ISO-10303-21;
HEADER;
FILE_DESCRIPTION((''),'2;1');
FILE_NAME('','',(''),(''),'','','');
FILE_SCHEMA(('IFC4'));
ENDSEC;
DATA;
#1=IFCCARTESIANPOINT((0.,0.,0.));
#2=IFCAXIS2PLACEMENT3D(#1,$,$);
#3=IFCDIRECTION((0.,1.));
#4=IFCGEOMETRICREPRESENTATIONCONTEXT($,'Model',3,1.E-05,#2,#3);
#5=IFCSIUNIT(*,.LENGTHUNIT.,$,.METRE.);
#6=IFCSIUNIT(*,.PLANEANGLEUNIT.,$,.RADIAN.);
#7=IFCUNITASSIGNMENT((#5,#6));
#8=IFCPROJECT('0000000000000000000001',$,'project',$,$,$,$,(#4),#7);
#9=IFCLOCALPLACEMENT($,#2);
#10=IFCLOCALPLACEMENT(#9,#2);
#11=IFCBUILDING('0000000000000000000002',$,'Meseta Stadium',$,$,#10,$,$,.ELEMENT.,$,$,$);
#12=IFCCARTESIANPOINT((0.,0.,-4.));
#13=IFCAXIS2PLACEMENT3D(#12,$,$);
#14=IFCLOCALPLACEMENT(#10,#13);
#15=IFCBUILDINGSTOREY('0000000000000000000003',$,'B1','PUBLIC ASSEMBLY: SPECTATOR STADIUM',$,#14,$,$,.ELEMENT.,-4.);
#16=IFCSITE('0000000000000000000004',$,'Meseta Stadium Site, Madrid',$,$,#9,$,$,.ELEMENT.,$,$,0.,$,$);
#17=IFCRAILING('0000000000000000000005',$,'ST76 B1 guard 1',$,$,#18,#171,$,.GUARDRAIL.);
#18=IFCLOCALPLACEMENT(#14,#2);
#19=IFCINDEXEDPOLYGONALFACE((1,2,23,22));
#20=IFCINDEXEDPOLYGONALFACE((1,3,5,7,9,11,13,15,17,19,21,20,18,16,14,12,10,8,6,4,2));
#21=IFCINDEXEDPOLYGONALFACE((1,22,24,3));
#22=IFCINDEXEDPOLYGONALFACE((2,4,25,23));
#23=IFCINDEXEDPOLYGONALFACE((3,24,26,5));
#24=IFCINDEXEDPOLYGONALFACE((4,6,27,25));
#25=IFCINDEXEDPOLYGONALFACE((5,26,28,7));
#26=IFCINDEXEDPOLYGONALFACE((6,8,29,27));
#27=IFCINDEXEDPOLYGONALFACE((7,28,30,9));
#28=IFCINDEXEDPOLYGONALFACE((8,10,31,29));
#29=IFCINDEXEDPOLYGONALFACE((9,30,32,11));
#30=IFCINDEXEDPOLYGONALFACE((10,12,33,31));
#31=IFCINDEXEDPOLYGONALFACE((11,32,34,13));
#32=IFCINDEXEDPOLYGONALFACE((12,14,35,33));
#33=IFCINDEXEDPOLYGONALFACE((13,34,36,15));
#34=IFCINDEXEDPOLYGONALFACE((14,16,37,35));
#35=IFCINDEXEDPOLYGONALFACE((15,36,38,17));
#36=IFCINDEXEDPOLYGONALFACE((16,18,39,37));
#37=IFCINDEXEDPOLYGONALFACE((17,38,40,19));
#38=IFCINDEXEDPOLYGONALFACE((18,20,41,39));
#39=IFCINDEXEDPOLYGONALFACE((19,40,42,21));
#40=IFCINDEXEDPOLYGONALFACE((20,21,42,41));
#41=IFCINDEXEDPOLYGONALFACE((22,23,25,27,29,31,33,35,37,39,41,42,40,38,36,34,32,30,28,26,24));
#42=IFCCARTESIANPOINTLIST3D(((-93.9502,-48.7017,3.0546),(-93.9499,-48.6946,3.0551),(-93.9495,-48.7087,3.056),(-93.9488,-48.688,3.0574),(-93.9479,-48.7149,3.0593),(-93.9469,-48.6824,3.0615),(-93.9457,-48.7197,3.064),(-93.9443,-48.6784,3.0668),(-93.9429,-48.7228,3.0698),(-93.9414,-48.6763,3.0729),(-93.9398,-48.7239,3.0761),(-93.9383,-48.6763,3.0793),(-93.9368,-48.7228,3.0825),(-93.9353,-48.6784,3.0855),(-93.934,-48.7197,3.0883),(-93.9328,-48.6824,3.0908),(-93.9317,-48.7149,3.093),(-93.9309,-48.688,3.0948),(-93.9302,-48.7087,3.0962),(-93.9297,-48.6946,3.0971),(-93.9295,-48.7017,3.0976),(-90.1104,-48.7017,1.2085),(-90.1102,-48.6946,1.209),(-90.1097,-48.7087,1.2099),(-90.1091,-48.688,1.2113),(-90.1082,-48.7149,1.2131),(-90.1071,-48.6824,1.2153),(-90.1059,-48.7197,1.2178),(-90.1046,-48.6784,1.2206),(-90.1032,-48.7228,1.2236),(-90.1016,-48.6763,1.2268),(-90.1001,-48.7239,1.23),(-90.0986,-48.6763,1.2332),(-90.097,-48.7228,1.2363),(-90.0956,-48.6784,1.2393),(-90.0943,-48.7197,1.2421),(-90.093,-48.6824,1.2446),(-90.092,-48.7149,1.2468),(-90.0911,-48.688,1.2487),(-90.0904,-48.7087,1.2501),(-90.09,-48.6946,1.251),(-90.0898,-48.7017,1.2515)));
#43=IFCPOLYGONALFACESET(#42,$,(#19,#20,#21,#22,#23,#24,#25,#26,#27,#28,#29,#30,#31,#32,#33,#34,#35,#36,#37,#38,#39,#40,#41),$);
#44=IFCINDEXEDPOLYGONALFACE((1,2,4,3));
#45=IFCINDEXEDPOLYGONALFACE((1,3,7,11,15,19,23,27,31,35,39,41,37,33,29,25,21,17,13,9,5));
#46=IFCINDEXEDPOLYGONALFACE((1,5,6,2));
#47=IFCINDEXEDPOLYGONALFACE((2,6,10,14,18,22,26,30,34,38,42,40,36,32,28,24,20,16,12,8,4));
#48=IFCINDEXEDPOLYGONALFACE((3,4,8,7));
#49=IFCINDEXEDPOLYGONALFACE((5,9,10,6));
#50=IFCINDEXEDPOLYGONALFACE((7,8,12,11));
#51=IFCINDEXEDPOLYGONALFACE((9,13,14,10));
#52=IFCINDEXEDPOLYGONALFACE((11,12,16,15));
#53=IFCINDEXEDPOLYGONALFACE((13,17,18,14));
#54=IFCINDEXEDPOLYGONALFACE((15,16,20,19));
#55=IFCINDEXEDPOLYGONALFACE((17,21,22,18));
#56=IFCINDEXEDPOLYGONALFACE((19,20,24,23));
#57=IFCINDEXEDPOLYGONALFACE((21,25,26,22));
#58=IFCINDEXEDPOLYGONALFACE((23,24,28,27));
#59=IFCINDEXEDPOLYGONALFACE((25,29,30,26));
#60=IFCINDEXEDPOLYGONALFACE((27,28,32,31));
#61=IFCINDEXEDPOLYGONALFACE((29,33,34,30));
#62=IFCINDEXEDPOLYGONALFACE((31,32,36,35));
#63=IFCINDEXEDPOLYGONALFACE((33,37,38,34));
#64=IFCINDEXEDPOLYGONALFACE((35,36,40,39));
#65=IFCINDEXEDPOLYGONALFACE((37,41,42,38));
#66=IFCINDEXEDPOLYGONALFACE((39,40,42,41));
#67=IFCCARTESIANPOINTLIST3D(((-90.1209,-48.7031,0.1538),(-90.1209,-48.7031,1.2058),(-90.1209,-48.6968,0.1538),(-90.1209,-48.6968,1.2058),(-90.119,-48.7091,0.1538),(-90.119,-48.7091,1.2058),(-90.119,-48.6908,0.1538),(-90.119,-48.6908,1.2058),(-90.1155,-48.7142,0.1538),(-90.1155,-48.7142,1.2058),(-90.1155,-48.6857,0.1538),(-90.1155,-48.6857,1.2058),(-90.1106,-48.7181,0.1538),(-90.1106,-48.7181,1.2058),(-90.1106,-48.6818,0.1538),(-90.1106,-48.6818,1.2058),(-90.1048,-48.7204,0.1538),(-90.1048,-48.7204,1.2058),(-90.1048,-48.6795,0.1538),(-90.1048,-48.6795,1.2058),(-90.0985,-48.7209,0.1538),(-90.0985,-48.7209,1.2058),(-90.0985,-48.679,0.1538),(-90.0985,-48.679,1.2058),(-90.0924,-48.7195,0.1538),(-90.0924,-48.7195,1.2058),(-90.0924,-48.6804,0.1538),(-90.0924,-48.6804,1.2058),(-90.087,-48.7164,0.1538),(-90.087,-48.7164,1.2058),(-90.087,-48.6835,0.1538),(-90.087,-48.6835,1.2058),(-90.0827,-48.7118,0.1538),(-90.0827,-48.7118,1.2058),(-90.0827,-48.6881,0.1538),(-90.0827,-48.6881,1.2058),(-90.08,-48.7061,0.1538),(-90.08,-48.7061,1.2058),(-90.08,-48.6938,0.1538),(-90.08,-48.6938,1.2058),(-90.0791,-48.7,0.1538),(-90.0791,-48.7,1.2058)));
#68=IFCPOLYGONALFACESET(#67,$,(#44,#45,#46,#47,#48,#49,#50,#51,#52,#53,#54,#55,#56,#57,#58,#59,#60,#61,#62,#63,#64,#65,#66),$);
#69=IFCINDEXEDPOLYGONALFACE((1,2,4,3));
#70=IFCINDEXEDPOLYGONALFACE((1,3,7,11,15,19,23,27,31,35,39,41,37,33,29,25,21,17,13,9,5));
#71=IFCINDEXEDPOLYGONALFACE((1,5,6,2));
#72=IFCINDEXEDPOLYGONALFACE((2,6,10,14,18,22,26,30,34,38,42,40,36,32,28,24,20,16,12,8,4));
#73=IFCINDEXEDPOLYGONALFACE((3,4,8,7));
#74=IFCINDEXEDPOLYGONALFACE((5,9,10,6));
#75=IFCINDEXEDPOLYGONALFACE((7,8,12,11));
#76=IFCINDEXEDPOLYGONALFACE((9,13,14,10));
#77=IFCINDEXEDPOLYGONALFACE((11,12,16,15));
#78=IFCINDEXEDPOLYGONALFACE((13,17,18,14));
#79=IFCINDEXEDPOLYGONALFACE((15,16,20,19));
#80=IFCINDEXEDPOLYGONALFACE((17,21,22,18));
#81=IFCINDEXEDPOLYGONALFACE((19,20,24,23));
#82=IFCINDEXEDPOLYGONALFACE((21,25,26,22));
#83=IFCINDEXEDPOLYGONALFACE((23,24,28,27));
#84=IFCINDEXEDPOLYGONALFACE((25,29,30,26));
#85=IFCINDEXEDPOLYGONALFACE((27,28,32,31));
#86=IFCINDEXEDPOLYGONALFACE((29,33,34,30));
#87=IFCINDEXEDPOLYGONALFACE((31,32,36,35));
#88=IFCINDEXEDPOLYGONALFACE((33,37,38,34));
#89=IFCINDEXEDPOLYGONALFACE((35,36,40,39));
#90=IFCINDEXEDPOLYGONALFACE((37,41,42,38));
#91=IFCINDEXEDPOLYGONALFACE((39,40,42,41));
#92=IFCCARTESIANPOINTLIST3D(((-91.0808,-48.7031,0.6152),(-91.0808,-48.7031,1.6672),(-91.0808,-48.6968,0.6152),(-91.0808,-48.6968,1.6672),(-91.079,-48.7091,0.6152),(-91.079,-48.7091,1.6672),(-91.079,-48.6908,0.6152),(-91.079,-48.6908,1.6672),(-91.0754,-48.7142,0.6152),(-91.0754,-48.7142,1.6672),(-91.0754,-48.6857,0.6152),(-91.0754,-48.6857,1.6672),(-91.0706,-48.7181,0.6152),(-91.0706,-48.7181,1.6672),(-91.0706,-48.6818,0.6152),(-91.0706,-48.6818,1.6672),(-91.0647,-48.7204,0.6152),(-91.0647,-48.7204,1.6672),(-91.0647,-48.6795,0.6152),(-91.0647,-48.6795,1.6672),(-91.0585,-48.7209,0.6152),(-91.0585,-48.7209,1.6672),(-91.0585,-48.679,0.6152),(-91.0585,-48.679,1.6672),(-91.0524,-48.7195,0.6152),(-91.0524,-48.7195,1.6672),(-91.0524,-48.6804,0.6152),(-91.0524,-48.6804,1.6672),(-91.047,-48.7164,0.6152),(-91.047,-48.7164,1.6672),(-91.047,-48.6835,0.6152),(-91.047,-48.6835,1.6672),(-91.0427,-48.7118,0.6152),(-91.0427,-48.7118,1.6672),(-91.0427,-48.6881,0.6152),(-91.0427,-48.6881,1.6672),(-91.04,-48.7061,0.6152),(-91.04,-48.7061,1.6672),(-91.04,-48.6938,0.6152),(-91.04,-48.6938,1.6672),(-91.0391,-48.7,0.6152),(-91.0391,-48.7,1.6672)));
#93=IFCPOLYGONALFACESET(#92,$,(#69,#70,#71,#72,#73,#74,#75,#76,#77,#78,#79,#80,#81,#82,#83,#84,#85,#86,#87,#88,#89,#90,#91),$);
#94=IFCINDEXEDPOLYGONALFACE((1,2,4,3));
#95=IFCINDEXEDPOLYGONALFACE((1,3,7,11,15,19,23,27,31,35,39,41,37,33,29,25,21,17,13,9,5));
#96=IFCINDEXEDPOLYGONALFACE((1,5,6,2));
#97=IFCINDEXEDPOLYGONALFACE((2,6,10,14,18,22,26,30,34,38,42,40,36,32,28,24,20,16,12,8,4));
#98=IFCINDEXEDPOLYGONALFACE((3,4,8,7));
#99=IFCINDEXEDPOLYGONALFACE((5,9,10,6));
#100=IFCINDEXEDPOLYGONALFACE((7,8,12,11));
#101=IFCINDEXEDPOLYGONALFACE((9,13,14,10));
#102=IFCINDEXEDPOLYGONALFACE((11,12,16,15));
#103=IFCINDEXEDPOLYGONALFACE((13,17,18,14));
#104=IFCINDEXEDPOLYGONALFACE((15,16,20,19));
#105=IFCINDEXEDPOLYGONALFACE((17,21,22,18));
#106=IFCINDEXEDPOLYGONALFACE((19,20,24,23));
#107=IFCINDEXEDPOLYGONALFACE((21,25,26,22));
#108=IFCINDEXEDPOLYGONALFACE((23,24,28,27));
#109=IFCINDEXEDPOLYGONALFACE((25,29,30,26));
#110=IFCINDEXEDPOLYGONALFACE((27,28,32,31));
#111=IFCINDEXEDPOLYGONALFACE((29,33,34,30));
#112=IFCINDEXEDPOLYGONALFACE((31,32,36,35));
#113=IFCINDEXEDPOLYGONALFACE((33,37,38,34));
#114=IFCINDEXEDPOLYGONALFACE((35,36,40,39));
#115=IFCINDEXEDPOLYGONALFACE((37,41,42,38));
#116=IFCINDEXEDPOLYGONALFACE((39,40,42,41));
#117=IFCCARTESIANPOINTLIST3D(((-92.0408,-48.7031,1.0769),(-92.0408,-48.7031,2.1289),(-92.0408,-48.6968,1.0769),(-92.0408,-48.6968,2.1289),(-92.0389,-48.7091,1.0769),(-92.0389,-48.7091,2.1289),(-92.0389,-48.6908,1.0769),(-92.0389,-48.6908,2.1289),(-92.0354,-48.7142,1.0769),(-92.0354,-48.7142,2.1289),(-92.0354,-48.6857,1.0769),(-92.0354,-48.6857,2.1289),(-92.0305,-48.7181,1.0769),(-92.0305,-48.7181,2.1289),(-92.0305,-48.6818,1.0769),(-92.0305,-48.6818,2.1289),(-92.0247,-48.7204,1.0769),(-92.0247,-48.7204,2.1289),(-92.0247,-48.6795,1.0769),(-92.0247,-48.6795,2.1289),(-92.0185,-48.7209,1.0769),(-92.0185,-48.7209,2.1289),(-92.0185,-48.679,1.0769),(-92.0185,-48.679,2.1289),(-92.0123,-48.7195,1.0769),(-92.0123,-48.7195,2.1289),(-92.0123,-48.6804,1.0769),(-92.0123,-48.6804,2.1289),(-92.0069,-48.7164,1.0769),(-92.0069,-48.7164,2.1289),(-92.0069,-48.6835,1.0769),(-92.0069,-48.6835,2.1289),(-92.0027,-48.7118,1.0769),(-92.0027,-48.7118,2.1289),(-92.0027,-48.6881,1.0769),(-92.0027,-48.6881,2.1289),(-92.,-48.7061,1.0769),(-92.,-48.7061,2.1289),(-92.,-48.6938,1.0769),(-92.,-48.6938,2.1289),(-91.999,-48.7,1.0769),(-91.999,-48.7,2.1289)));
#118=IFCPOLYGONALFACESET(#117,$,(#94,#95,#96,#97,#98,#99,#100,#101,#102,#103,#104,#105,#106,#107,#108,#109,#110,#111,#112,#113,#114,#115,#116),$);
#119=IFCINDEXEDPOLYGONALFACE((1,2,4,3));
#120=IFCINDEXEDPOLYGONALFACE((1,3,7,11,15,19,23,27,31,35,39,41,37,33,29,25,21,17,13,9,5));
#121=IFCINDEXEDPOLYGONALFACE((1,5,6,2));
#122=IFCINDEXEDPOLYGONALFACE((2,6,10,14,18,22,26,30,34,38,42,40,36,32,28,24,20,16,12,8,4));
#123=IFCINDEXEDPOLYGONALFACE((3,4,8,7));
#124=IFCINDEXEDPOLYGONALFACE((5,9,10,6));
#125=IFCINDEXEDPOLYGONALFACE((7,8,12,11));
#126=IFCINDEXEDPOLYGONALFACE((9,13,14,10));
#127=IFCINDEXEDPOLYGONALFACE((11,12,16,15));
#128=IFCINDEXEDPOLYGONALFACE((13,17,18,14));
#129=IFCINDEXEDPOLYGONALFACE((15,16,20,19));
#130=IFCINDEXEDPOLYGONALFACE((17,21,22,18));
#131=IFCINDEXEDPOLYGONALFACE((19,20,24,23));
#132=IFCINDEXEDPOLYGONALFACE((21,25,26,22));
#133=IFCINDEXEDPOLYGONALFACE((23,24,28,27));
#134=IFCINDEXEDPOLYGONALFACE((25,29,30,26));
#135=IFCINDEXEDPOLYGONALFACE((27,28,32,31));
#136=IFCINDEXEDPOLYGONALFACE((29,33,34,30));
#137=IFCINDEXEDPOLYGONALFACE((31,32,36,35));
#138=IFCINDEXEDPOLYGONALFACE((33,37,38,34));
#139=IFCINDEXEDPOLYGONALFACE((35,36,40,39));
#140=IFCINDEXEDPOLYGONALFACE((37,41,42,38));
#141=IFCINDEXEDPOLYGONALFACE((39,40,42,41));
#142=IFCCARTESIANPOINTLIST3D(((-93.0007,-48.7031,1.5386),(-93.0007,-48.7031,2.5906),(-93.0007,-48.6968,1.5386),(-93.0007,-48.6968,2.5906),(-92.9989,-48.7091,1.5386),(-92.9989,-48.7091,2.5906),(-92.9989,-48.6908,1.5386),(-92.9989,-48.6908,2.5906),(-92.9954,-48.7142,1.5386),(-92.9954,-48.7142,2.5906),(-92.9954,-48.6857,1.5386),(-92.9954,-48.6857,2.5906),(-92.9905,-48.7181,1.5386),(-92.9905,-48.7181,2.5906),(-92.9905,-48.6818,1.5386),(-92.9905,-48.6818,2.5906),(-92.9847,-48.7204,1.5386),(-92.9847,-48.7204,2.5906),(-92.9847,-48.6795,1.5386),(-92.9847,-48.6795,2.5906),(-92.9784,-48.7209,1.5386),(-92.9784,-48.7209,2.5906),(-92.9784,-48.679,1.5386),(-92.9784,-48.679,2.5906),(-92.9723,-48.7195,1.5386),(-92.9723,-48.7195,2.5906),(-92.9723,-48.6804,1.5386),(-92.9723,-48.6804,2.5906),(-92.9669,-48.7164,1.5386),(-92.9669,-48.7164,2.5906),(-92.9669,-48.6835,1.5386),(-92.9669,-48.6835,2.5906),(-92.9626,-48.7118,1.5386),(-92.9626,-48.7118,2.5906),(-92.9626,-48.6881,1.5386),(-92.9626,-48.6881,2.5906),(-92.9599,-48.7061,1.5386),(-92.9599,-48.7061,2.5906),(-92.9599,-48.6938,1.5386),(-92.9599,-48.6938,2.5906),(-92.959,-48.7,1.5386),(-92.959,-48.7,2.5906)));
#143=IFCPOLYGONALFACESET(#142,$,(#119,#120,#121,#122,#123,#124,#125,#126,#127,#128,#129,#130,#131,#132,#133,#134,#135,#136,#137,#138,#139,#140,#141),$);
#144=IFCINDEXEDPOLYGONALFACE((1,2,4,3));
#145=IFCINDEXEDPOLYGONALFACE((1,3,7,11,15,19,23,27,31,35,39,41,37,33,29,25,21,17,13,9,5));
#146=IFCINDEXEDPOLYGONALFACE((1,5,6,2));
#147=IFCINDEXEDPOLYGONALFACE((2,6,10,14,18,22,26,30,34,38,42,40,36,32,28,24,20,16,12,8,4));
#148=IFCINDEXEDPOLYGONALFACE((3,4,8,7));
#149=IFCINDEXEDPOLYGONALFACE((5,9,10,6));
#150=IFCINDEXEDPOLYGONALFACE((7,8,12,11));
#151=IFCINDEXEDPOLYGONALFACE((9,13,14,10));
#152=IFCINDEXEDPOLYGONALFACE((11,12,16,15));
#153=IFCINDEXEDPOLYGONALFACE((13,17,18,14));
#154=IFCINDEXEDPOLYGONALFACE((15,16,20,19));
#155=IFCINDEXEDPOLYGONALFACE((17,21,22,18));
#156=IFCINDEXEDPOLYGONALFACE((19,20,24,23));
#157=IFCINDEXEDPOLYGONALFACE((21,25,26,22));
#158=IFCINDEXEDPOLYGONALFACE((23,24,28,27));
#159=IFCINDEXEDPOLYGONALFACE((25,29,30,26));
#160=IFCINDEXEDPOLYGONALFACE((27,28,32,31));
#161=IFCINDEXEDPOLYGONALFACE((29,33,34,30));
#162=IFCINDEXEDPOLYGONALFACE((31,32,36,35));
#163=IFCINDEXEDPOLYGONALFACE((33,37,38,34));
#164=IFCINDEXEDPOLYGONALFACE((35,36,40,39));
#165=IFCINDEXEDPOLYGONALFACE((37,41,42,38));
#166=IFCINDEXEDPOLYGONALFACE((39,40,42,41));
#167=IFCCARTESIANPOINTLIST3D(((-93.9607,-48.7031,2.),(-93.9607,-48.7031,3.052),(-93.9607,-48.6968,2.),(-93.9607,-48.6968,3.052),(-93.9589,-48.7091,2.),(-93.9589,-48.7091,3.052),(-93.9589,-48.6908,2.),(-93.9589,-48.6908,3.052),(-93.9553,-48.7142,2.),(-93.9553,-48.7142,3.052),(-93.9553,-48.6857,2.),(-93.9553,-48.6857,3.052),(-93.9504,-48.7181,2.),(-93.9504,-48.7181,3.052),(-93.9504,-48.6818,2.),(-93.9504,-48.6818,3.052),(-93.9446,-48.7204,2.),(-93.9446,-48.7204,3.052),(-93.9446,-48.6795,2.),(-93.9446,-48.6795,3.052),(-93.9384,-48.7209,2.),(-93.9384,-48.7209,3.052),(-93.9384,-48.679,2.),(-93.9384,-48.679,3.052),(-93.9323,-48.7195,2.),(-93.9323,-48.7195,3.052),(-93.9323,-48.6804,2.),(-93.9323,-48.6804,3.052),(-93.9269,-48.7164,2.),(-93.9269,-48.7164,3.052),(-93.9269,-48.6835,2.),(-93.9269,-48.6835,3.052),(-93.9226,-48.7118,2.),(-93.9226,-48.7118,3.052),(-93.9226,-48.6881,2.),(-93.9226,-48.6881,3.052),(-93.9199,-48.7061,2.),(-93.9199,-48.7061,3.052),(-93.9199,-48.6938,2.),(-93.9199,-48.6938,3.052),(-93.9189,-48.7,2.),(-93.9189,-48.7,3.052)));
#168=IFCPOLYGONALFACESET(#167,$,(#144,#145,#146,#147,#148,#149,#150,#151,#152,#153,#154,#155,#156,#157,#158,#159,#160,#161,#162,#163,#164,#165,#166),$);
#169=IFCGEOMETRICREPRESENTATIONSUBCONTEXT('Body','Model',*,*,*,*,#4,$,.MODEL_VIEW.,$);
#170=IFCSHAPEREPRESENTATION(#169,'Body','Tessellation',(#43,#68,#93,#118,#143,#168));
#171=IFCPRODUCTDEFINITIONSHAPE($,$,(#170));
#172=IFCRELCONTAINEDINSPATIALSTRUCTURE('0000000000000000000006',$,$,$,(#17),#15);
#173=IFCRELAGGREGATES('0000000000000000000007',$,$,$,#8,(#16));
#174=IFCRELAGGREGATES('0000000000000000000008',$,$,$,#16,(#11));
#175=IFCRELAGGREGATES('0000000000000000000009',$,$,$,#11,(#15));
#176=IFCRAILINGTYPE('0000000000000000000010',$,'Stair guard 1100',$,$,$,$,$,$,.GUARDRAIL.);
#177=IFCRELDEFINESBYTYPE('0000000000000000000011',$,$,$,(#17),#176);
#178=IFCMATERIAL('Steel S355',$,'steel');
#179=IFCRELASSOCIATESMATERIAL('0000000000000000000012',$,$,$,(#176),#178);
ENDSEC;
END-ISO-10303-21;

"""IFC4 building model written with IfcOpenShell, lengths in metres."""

from ifc_helpers import new_model, si_unit, direction, frame, origin, origin_2d, place, context, subcontext, project, spatial, circle, extrude, material, type_object, element, save


model = new_model("IFC4")

# Units and contexts
model_context = context("Model", 3, precision=1e-05, world=origin(), true_north=direction((0.0, 1.0)))
body_context = subcontext(model_context, "Body", "Model", "MODEL_VIEW")
ifc_project = project(units=[si_unit("LENGTHUNIT", "METRE"), si_unit("PLANEANGLEUNIT", "RADIAN")], contexts=[model_context])

# Site, building, storey
site_placement = place(None, origin())
site = spatial("IfcSite", under=ifc_project, at=site_placement, Name="Meseta Stadium Site, Madrid", CompositionType="ELEMENT", RefElevation=0.0)
building_placement = place(site_placement, origin())
building = spatial("IfcBuilding", under=site, at=building_placement, Name="Meseta Stadium", CompositionType="ELEMENT")
storey_placement = place(building_placement, frame((0.0, 0.0, -4.0)))
storey = spatial("IfcBuildingStorey", under=building, at=storey_placement, Name="B1", Description="PUBLIC ASSEMBLY: SPECTATOR STADIUM", CompositionType="ELEMENT", Elevation=-4.0)

# Railing
ifc_material_1 = material(Name="Steel S355", Category="steel")
railing_type_1 = type_object("IfcRailingType", Name="Stair guard 1100", PredefinedType="GUARDRAIL", material=ifc_material_1)
railing_1_placement = place(storey_placement, frame((-90.1001, -48.7, 0.1538)))
element("IfcRailing", 1, at=railing_1_placement, inside=storey, type_object=railing_type_1, Name="ST76 B1 guard 1", PredefinedType="GUARDRAIL", context=body_context, shape_type="SweptSolid", body=[
    extrude(circle(Radius=0.0239, at=origin_2d()), frame((0.0, 0.0, 1.0762), z_axis=(-0.901242, 0.0, 0.433316), x_axis=(0.0, -1.0, 0.0)), (0.0, 0.0, 1.0), 4.2605),
    extrude(circle(Radius=0.021, at=origin_2d()), origin(), (0.0, 0.0, 1.0), 1.052),
    extrude(circle(Radius=0.021, at=origin_2d()), frame((-0.96, 0.0, 0.4614)), (0.0, 0.0, 1.0), 1.052),
    extrude(circle(Radius=0.021, at=origin_2d()), frame((-1.9199, 0.0, 0.9231)), (0.0, 0.0, 1.0), 1.052),
    extrude(circle(Radius=0.021, at=origin_2d()), frame((-2.8799, 0.0, 1.3848)), (0.0, 0.0, 1.0), 1.052),
    extrude(circle(Radius=0.021, at=origin_2d()), frame((-3.8398, 0.0, 1.8462)), (0.0, 0.0, 1.0), 1.052),
])

save(model, "model.ifc")
